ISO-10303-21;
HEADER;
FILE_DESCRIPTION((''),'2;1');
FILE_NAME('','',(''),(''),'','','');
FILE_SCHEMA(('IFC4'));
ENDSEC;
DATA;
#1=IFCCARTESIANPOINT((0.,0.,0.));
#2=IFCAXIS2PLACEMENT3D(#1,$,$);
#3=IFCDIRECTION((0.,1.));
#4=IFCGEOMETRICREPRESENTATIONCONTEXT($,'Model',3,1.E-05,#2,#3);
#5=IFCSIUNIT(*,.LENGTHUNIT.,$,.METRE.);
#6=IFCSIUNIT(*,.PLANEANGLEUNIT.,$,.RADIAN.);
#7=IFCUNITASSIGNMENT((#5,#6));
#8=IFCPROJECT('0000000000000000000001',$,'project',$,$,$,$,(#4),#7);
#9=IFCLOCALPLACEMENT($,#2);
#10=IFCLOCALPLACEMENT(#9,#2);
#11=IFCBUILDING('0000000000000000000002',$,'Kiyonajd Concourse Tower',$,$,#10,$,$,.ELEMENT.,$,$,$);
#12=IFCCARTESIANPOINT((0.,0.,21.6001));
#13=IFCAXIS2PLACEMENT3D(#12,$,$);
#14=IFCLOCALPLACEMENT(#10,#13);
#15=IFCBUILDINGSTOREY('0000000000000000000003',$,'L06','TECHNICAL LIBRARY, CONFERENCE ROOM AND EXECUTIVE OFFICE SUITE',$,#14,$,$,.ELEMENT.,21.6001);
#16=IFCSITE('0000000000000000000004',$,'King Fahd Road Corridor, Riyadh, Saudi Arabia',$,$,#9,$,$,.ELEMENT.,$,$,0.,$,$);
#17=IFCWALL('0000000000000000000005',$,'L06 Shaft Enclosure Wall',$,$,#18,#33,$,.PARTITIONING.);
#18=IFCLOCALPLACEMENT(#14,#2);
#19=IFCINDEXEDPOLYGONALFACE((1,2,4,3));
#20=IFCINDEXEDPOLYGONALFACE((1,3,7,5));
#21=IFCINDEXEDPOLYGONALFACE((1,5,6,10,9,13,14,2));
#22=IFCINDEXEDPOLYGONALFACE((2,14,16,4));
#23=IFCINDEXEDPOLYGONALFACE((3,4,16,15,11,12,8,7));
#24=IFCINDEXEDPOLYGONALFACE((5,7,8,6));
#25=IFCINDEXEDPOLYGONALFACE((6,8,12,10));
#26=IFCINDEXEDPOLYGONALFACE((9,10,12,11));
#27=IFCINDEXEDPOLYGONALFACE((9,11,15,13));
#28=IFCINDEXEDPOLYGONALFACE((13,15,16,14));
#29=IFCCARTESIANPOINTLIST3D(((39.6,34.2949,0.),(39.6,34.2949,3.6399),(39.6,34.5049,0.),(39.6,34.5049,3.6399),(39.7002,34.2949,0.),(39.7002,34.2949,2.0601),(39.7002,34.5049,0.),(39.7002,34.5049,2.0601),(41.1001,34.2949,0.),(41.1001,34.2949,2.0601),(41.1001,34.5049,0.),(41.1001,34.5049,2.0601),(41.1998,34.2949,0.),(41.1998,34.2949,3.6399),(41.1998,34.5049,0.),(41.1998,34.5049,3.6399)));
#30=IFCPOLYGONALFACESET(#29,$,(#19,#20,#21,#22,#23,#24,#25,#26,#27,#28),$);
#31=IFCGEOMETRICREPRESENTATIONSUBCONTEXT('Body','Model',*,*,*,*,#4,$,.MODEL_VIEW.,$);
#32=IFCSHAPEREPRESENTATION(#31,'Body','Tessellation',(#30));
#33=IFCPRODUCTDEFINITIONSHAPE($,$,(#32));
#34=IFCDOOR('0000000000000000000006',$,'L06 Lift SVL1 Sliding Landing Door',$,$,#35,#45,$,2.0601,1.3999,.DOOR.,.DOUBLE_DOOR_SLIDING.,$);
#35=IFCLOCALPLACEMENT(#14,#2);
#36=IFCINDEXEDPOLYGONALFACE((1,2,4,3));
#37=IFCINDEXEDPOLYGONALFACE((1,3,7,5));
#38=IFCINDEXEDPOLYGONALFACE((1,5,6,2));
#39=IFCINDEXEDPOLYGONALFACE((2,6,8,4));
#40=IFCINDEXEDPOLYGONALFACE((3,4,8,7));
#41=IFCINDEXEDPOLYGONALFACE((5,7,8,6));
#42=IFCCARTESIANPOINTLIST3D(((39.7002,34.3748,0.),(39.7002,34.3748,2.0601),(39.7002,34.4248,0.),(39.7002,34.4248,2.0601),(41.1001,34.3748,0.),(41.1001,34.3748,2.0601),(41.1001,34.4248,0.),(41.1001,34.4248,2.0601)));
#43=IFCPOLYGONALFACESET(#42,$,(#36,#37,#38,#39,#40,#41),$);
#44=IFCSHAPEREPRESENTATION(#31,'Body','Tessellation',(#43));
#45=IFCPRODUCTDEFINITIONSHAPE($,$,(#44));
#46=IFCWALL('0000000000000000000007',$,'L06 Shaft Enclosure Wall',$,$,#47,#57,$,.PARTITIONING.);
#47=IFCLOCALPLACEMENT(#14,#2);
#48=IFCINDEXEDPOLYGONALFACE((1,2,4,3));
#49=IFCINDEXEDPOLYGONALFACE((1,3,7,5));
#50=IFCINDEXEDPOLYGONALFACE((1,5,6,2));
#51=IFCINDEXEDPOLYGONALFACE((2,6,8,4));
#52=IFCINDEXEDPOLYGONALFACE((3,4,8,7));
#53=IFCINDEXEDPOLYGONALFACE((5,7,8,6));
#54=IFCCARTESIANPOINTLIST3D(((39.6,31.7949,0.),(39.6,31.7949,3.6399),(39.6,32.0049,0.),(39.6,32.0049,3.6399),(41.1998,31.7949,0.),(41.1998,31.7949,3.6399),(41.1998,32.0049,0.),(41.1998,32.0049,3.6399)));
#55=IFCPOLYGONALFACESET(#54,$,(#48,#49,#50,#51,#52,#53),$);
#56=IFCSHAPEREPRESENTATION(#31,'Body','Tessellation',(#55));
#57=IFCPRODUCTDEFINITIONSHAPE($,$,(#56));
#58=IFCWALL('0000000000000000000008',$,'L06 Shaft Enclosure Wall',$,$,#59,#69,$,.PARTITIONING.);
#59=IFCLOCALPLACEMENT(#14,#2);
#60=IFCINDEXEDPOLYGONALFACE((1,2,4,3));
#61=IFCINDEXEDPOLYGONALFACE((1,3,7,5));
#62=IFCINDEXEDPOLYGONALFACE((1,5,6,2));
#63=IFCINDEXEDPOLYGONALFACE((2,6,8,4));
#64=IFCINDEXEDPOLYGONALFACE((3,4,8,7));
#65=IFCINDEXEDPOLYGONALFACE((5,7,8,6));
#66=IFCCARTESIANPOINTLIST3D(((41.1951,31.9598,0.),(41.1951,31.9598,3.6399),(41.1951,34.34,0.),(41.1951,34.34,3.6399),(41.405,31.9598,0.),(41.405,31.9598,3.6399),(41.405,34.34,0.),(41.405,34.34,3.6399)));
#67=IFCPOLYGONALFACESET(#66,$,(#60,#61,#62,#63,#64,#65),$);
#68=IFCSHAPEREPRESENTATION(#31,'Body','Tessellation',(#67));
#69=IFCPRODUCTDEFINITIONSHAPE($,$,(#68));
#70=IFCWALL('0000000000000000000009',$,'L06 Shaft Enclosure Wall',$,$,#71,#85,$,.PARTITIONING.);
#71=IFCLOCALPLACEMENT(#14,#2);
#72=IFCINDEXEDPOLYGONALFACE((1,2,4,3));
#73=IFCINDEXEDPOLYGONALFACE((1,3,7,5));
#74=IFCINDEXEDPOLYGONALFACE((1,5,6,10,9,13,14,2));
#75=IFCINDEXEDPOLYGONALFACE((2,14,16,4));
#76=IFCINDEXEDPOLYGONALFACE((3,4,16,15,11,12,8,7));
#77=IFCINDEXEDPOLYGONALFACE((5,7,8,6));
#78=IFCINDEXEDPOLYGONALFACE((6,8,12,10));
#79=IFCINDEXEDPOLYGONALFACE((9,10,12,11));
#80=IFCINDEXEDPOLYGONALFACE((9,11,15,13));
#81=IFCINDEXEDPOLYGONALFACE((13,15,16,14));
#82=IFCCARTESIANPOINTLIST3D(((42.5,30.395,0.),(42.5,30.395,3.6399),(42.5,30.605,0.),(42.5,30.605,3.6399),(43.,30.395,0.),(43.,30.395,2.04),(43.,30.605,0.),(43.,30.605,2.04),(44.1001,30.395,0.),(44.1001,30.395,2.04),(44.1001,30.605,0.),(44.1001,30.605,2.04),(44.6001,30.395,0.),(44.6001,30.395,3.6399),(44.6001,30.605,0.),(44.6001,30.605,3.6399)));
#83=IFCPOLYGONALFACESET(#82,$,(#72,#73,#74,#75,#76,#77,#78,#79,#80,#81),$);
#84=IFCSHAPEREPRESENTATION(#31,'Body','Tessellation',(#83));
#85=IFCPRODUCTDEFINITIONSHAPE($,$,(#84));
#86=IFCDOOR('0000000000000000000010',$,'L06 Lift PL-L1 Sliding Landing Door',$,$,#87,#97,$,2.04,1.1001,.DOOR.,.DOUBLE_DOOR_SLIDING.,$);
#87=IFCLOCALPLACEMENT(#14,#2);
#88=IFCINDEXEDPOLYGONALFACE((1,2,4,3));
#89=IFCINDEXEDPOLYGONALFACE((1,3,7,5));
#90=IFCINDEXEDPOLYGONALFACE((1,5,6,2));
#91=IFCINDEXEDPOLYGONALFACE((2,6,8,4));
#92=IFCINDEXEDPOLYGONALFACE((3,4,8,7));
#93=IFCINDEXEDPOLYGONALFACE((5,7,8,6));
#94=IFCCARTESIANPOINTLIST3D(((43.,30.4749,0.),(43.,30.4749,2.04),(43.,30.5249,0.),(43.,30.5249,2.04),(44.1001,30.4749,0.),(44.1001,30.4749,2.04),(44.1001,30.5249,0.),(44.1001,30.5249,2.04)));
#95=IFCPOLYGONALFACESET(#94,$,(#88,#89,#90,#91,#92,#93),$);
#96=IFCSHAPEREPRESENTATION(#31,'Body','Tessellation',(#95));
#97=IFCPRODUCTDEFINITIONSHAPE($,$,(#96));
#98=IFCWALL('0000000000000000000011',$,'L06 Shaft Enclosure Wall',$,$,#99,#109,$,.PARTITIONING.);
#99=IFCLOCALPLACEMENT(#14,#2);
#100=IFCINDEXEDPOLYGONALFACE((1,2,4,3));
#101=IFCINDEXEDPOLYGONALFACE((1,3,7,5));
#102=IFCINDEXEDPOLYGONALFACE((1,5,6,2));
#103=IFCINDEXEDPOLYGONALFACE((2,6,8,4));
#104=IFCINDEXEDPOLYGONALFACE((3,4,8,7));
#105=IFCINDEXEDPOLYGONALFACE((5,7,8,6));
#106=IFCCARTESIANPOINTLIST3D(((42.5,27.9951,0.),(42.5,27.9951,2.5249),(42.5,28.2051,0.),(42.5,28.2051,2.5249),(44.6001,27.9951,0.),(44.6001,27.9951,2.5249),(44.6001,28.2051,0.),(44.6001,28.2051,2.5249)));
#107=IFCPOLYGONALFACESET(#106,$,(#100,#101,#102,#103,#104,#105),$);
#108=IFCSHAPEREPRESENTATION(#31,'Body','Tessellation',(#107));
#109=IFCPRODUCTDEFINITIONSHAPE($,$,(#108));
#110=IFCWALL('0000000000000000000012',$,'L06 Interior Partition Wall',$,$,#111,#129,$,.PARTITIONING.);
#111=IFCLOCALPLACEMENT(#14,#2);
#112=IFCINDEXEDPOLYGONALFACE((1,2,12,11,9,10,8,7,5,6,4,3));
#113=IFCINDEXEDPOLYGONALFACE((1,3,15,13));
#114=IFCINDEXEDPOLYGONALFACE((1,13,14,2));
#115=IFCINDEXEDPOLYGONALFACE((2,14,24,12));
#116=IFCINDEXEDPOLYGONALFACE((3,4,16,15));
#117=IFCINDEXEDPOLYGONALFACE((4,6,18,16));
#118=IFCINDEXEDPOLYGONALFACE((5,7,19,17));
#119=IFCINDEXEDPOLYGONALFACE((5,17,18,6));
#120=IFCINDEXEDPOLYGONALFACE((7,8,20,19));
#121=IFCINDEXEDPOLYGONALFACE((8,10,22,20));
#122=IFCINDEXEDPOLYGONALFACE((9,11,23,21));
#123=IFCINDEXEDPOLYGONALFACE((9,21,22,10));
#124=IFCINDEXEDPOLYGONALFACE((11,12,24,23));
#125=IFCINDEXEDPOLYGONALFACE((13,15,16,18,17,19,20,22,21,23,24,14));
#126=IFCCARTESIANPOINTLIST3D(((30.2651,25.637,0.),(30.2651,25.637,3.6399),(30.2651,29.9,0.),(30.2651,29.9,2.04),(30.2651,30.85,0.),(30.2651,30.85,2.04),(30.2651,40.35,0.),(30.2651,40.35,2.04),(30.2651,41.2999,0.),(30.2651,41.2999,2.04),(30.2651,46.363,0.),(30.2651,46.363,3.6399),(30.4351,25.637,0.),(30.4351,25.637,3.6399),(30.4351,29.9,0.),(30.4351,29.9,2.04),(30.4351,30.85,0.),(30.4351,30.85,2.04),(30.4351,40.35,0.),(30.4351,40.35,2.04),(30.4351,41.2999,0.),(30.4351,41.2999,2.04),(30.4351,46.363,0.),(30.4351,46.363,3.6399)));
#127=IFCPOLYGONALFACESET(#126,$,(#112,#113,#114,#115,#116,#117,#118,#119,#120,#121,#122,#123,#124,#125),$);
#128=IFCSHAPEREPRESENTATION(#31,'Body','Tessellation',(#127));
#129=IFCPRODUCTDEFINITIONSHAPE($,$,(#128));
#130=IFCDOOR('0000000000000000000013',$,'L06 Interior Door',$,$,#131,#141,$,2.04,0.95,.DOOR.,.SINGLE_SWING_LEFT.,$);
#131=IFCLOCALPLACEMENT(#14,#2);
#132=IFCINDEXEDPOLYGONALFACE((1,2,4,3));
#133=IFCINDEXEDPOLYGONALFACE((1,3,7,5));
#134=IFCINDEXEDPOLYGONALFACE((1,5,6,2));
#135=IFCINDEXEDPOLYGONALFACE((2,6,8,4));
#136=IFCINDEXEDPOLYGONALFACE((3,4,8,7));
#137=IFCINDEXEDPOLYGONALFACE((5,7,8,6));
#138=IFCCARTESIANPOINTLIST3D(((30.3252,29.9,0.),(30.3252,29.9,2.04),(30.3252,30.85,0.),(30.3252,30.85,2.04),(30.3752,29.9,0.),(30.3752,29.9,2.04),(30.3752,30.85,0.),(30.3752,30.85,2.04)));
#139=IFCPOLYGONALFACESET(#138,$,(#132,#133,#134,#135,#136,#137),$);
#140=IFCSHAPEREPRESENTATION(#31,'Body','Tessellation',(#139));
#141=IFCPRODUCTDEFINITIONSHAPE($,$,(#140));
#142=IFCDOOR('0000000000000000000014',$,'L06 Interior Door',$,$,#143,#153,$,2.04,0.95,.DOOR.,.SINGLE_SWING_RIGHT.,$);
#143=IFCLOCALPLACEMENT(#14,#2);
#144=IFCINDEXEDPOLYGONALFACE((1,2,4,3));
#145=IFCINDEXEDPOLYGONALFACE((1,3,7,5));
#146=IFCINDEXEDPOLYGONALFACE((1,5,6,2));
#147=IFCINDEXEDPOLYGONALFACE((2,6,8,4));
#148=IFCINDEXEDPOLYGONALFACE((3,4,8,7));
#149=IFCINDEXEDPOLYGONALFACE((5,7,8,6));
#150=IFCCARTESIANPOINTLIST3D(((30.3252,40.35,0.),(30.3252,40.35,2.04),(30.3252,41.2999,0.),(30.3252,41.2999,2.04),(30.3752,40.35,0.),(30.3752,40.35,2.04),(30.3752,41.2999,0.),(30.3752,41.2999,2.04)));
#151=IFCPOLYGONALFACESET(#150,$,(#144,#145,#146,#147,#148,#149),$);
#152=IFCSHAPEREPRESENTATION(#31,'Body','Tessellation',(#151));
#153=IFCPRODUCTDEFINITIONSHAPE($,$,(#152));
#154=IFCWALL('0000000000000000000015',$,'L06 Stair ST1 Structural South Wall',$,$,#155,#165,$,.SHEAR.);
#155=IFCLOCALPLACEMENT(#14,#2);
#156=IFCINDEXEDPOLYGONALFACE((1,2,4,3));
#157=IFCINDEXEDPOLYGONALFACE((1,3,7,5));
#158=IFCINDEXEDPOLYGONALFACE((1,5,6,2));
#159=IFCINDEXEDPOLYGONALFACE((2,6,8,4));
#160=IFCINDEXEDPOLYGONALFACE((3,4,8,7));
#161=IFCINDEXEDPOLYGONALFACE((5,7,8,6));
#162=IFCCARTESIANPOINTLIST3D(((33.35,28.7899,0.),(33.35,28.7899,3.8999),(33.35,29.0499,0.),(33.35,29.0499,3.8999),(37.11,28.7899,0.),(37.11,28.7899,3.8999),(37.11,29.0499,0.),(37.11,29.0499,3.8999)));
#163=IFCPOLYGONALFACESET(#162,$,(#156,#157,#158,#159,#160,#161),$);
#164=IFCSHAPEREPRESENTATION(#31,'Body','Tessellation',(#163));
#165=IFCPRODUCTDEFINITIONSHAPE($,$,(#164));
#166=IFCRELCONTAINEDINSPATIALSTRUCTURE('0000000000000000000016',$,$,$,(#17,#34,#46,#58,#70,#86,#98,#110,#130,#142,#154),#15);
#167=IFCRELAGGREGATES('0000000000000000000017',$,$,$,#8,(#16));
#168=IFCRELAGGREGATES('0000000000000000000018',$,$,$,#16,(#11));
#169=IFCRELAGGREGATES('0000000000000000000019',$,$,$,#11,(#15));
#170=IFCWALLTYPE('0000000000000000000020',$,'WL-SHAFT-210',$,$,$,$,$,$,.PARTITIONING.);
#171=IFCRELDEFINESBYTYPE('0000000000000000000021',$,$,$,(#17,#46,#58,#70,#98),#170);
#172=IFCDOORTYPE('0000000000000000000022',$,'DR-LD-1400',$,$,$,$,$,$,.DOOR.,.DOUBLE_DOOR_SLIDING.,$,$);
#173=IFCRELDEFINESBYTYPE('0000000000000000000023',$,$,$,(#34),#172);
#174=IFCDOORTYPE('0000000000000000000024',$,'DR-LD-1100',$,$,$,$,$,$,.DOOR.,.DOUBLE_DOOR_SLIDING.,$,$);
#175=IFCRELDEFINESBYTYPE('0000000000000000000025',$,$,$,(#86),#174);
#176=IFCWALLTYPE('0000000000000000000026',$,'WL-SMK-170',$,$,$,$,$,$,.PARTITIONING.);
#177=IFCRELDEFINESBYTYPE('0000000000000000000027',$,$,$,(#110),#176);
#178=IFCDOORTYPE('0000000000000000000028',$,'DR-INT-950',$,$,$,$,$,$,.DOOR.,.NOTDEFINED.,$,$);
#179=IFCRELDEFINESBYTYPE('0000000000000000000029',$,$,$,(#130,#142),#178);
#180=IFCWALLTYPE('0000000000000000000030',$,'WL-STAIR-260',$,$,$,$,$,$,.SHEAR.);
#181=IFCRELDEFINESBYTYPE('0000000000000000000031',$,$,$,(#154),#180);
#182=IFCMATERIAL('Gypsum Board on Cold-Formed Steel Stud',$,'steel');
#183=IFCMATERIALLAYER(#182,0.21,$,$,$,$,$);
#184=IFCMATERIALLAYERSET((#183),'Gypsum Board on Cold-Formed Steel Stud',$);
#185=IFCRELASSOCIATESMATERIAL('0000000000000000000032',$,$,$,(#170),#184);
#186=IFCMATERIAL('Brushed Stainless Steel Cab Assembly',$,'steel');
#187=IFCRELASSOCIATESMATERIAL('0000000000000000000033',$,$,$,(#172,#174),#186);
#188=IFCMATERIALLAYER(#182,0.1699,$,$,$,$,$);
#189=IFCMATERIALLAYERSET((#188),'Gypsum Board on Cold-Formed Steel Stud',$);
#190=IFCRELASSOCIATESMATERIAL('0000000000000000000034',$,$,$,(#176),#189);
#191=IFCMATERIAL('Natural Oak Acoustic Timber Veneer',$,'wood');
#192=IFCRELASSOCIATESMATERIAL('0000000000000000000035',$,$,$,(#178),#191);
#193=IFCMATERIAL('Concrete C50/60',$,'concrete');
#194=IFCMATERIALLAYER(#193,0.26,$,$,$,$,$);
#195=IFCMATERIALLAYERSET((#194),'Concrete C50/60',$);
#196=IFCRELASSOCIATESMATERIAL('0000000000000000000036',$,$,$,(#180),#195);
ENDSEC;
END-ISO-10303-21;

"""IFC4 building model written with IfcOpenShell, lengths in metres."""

from ifc_helpers import new_model, si_unit, direction, frame, frame_2d, origin, place, context, subcontext, project, spatial, rectangle, extrude, material, layer, layer_set, type_object, element, fill, save


model = new_model("IFC4")

# Units and contexts
model_context = context("Model", 3, precision=1e-05, world=origin(), true_north=direction((0.0, 1.0)))
body_context = subcontext(model_context, "Body", "Model", "MODEL_VIEW")
ifc_project = project(units=[si_unit("LENGTHUNIT", "METRE"), si_unit("PLANEANGLEUNIT", "RADIAN")], contexts=[model_context])

# Site, building, storey
site_placement = place(None, origin())
site = spatial("IfcSite", under=ifc_project, at=site_placement, Name="King Fahd Road Corridor, Riyadh, Saudi Arabia", CompositionType="ELEMENT", RefElevation=0.0)
building_placement = place(site_placement, origin())
building = spatial("IfcBuilding", under=site, at=building_placement, Name="Kiyonajd Concourse Tower", CompositionType="ELEMENT")
storey_placement = place(building_placement, frame((0.0, 0.0, 21.6001)))
storey = spatial("IfcBuildingStorey", under=building, at=storey_placement, Name="L06", Description="TECHNICAL LIBRARY, CONFERENCE ROOM AND EXECUTIVE OFFICE SUITE", CompositionType="ELEMENT", Elevation=21.6001)

# Shared definitions
ifc_material_1 = material(Name="Concrete C50/60", Category="concrete")

# Shared definitions
ifc_material_2 = material(Name="Brushed Stainless Steel Cab Assembly", Category="steel")
ifc_material_3 = material(Name="Gypsum Board on Cold-Formed Steel Stud", Category="steel")
ifc_layer_1 = layer(ifc_material_3, 0.21)
ifc_layer_set_1 = layer_set([ifc_layer_1], Name="Gypsum Board on Cold-Formed Steel Stud")
wall_type_1 = type_object("IfcWallType", Name="WL-SHAFT-210", PredefinedType="PARTITIONING", material=ifc_layer_set_1)

# Wall, opening, door
wall_1_placement = place(storey_placement, frame((39.6001, 34.3999, 0.0), z_axis=(0.0, 0.0, 1.0), x_axis=(1.0, 0.0, 0.0)))
wall_1 = element("IfcWall", 1, at=wall_1_placement, inside=storey, type_object=wall_type_1, Name="L06 Shaft Enclosure Wall", PredefinedType="PARTITIONING", context=body_context, shape_type="SweptSolid", body=[
    extrude(rectangle(XDim=1.5999, YDim=0.21, at=frame_2d((0.7998, 0.0))), origin(), (0.0, 0.0, 1.0), 3.6399),
])
opening_1_placement = place(wall_1_placement, frame((0.1001, 0.0, 0.0)))
opening_1 = element("IfcOpeningElement", 2, at=opening_1_placement, cuts=wall_1, PredefinedType="OPENING", context=body_context, shape_type="SweptSolid", body=[
    extrude(rectangle(XDim=1.3999, YDim=2.0601, at=frame_2d((0.7, 1.03))), frame((0.0, 0.115, 0.0), z_axis=(0.0, -1.0, 0.0), x_axis=(1.0, 0.0, 0.0)), (0.0, 0.0, 1.0), 0.23),
])
door_type_1 = type_object("IfcDoorType", Name="DR-LD-1400", OperationType="DOUBLE_DOOR_SLIDING", PredefinedType="DOOR", material=ifc_material_2)
door_1_placement = place(opening_1_placement, origin())
door_1 = element("IfcDoor", 3, at=door_1_placement, inside=storey, type_object=door_type_1, Name="L06 Lift SVL1 Sliding Landing Door", OperationType="DOUBLE_DOOR_SLIDING", OverallHeight=2.0601, OverallWidth=1.3999, PredefinedType="DOOR", context=body_context, shape_type="SweptSolid", body=[
    extrude(rectangle(XDim=1.3999, YDim=2.0601, at=frame_2d((0.7, 1.03))), frame((0.0, 0.0249, 0.0), z_axis=(0.0, -1.0, 0.0), x_axis=(1.0, 0.0, 0.0)), (0.0, 0.0, 1.0), 0.05),
])
fill(opening_1, door_1)

# Walls
wall_2_placement = place(storey_placement, frame((39.6001, 31.8999, 0.0), z_axis=(0.0, 0.0, 1.0), x_axis=(1.0, 0.0, 0.0)))
element("IfcWall", 4, at=wall_2_placement, inside=storey, type_object=wall_type_1, Name="L06 Shaft Enclosure Wall", PredefinedType="PARTITIONING", context=body_context, shape_type="SweptSolid", body=[
    extrude(rectangle(XDim=1.5999, YDim=0.21, at=frame_2d((0.7998, 0.0))), origin(), (0.0, 0.0, 1.0), 3.6399),
])
wall_3_placement = place(storey_placement, frame((41.3, 31.96, 0.0), z_axis=(0.0, 0.0, 1.0), x_axis=(0.0, 1.0, 0.0)))
element("IfcWall", 5, at=wall_3_placement, inside=storey, type_object=wall_type_1, Name="L06 Shaft Enclosure Wall", PredefinedType="PARTITIONING", context=body_context, shape_type="SweptSolid", body=[
    extrude(rectangle(XDim=2.3801, YDim=0.21, at=frame_2d((1.1899, 0.0))), origin(), (0.0, 0.0, 1.0), 3.6399),
])

# Wall, opening, door
wall_4_placement = place(storey_placement, frame((42.5, 30.5, 0.0), z_axis=(0.0, 0.0, 1.0), x_axis=(1.0, 0.0, 0.0)))
wall_4 = element("IfcWall", 6, at=wall_4_placement, inside=storey, type_object=wall_type_1, Name="L06 Shaft Enclosure Wall", PredefinedType="PARTITIONING", context=body_context, shape_type="SweptSolid", body=[
    extrude(rectangle(XDim=2.1001, YDim=0.21, at=frame_2d((1.05, 0.0))), origin(), (0.0, 0.0, 1.0), 3.6399),
])
opening_2_placement = place(wall_4_placement, frame((0.5, 0.0, 0.0)))
opening_2 = element("IfcOpeningElement", 7, at=opening_2_placement, cuts=wall_4, PredefinedType="OPENING", context=body_context, shape_type="SweptSolid", body=[
    extrude(rectangle(XDim=1.1001, YDim=2.04, at=frame_2d((0.55, 1.02))), frame((0.0, 0.115, 0.0), z_axis=(0.0, -1.0, 0.0), x_axis=(1.0, 0.0, 0.0)), (0.0, 0.0, 1.0), 0.23),
])
door_type_2 = type_object("IfcDoorType", Name="DR-LD-1100", OperationType="DOUBLE_DOOR_SLIDING", PredefinedType="DOOR", material=ifc_material_2)
door_2_placement = place(opening_2_placement, origin())
door_2 = element("IfcDoor", 8, at=door_2_placement, inside=storey, type_object=door_type_2, Name="L06 Lift PL-L1 Sliding Landing Door", OperationType="DOUBLE_DOOR_SLIDING", OverallHeight=2.04, OverallWidth=1.1001, PredefinedType="DOOR", context=body_context, shape_type="SweptSolid", body=[
    extrude(rectangle(XDim=1.1001, YDim=2.04, at=frame_2d((0.55, 1.02))), frame((0.0, 0.0249, 0.0), z_axis=(0.0, -1.0, 0.0), x_axis=(1.0, 0.0, 0.0)), (0.0, 0.0, 1.0), 0.05),
])
fill(opening_2, door_2)

# Wall
wall_5_placement = place(storey_placement, frame((42.5, 28.1001, 0.0), z_axis=(0.0, 0.0, 1.0), x_axis=(1.0, 0.0, 0.0)))
element("IfcWall", 9, at=wall_5_placement, inside=storey, type_object=wall_type_1, Name="L06 Shaft Enclosure Wall", PredefinedType="PARTITIONING", context=body_context, shape_type="SweptSolid", body=[
    extrude(rectangle(XDim=2.1001, YDim=0.21, at=frame_2d((1.05, 0.0))), origin(), (0.0, 0.0, 1.0), 2.5249),
])

# Wall, openings, doors
ifc_layer_2 = layer(ifc_material_3, 0.1699)
ifc_layer_set_2 = layer_set([ifc_layer_2], Name="Gypsum Board on Cold-Formed Steel Stud")
wall_type_2 = type_object("IfcWallType", Name="WL-SMK-170", PredefinedType="PARTITIONING", material=ifc_layer_set_2)
wall_6_placement = place(storey_placement, frame((30.3501, 25.637, 0.0), z_axis=(0.0, 0.0, 1.0), x_axis=(0.0, 1.0, 0.0)))
wall_6 = element("IfcWall", 10, at=wall_6_placement, inside=storey, type_object=wall_type_2, Name="L06 Interior Partition Wall", PredefinedType="PARTITIONING", context=body_context, shape_type="SweptSolid", body=[
    extrude(rectangle(XDim=20.7261, YDim=0.1699, at=frame_2d((10.363, 0.0))), origin(), (0.0, 0.0, 1.0), 3.6399),
])
opening_3_placement = place(wall_6_placement, frame((4.2629, 0.0, 0.0)))
opening_3 = element("IfcOpeningElement", 11, at=opening_3_placement, cuts=wall_6, PredefinedType="OPENING", context=body_context, shape_type="SweptSolid", body=[
    extrude(rectangle(XDim=0.95, YDim=2.04, at=frame_2d((0.4751, 1.02))), frame((0.0, 0.095, 0.0), z_axis=(0.0, -1.0, 0.0), x_axis=(1.0, 0.0, 0.0)), (0.0, 0.0, 1.0), 0.1899),
])
opening_4_placement = place(wall_6_placement, frame((14.7129, 0.0, 0.0)))
opening_4 = element("IfcOpeningElement", 12, at=opening_4_placement, cuts=wall_6, PredefinedType="OPENING", context=body_context, shape_type="SweptSolid", body=[
    extrude(rectangle(XDim=0.95, YDim=2.04, at=frame_2d((0.4751, 1.02))), frame((0.0, 0.095, 0.0), z_axis=(0.0, -1.0, 0.0), x_axis=(1.0, 0.0, 0.0)), (0.0, 0.0, 1.0), 0.1899),
])
ifc_material_4 = material(Name="Natural Oak Acoustic Timber Veneer", Category="wood")
door_type_3 = type_object("IfcDoorType", Name="DR-INT-950", OperationType="NOTDEFINED", PredefinedType="DOOR", material=ifc_material_4)
door_3_placement = place(opening_3_placement, origin())
door_3 = element("IfcDoor", 13, at=door_3_placement, inside=storey, type_object=door_type_3, Name="L06 Interior Door", OperationType="SINGLE_SWING_LEFT", OverallHeight=2.04, OverallWidth=0.95, PredefinedType="DOOR", context=body_context, shape_type="SweptSolid", body=[
    extrude(rectangle(XDim=0.95, YDim=2.04, at=frame_2d((0.4751, 1.02))), frame((0.0, 0.0249, 0.0), z_axis=(0.0, -1.0, 0.0), x_axis=(1.0, 0.0, 0.0)), (0.0, 0.0, 1.0), 0.05),
])
fill(opening_3, door_3)
door_4_placement = place(opening_4_placement, origin())
door_4 = element("IfcDoor", 14, at=door_4_placement, inside=storey, type_object=door_type_3, Name="L06 Interior Door", OperationType="SINGLE_SWING_RIGHT", OverallHeight=2.04, OverallWidth=0.95, PredefinedType="DOOR", context=body_context, shape_type="SweptSolid", body=[
    extrude(rectangle(XDim=0.95, YDim=2.04, at=frame_2d((0.4751, 1.02))), frame((0.0, 0.0249, 0.0), z_axis=(0.0, -1.0, 0.0), x_axis=(1.0, 0.0, 0.0)), (0.0, 0.0, 1.0), 0.05),
])
fill(opening_4, door_4)

# Wall
ifc_layer_3 = layer(ifc_material_1, 0.26)
ifc_layer_set_3 = layer_set([ifc_layer_3], Name="Concrete C50/60")
wall_type_3 = type_object("IfcWallType", Name="WL-STAIR-260", PredefinedType="SHEAR", material=ifc_layer_set_3)
wall_7_placement = place(storey_placement, frame((33.3501, 28.9199, 0.0), z_axis=(0.0, 0.0, 1.0), x_axis=(1.0, 0.0, 0.0)))
element("IfcWall", 15, at=wall_7_placement, inside=storey, type_object=wall_type_3, Name="L06 Stair ST1 Structural South Wall", PredefinedType="SHEAR", context=body_context, shape_type="SweptSolid", body=[
    extrude(rectangle(XDim=3.76, YDim=0.26, at=frame_2d((1.8799, 0.0))), origin(), (0.0, 0.0, 1.0), 3.8999),
])

save(model, "model.ifc")
